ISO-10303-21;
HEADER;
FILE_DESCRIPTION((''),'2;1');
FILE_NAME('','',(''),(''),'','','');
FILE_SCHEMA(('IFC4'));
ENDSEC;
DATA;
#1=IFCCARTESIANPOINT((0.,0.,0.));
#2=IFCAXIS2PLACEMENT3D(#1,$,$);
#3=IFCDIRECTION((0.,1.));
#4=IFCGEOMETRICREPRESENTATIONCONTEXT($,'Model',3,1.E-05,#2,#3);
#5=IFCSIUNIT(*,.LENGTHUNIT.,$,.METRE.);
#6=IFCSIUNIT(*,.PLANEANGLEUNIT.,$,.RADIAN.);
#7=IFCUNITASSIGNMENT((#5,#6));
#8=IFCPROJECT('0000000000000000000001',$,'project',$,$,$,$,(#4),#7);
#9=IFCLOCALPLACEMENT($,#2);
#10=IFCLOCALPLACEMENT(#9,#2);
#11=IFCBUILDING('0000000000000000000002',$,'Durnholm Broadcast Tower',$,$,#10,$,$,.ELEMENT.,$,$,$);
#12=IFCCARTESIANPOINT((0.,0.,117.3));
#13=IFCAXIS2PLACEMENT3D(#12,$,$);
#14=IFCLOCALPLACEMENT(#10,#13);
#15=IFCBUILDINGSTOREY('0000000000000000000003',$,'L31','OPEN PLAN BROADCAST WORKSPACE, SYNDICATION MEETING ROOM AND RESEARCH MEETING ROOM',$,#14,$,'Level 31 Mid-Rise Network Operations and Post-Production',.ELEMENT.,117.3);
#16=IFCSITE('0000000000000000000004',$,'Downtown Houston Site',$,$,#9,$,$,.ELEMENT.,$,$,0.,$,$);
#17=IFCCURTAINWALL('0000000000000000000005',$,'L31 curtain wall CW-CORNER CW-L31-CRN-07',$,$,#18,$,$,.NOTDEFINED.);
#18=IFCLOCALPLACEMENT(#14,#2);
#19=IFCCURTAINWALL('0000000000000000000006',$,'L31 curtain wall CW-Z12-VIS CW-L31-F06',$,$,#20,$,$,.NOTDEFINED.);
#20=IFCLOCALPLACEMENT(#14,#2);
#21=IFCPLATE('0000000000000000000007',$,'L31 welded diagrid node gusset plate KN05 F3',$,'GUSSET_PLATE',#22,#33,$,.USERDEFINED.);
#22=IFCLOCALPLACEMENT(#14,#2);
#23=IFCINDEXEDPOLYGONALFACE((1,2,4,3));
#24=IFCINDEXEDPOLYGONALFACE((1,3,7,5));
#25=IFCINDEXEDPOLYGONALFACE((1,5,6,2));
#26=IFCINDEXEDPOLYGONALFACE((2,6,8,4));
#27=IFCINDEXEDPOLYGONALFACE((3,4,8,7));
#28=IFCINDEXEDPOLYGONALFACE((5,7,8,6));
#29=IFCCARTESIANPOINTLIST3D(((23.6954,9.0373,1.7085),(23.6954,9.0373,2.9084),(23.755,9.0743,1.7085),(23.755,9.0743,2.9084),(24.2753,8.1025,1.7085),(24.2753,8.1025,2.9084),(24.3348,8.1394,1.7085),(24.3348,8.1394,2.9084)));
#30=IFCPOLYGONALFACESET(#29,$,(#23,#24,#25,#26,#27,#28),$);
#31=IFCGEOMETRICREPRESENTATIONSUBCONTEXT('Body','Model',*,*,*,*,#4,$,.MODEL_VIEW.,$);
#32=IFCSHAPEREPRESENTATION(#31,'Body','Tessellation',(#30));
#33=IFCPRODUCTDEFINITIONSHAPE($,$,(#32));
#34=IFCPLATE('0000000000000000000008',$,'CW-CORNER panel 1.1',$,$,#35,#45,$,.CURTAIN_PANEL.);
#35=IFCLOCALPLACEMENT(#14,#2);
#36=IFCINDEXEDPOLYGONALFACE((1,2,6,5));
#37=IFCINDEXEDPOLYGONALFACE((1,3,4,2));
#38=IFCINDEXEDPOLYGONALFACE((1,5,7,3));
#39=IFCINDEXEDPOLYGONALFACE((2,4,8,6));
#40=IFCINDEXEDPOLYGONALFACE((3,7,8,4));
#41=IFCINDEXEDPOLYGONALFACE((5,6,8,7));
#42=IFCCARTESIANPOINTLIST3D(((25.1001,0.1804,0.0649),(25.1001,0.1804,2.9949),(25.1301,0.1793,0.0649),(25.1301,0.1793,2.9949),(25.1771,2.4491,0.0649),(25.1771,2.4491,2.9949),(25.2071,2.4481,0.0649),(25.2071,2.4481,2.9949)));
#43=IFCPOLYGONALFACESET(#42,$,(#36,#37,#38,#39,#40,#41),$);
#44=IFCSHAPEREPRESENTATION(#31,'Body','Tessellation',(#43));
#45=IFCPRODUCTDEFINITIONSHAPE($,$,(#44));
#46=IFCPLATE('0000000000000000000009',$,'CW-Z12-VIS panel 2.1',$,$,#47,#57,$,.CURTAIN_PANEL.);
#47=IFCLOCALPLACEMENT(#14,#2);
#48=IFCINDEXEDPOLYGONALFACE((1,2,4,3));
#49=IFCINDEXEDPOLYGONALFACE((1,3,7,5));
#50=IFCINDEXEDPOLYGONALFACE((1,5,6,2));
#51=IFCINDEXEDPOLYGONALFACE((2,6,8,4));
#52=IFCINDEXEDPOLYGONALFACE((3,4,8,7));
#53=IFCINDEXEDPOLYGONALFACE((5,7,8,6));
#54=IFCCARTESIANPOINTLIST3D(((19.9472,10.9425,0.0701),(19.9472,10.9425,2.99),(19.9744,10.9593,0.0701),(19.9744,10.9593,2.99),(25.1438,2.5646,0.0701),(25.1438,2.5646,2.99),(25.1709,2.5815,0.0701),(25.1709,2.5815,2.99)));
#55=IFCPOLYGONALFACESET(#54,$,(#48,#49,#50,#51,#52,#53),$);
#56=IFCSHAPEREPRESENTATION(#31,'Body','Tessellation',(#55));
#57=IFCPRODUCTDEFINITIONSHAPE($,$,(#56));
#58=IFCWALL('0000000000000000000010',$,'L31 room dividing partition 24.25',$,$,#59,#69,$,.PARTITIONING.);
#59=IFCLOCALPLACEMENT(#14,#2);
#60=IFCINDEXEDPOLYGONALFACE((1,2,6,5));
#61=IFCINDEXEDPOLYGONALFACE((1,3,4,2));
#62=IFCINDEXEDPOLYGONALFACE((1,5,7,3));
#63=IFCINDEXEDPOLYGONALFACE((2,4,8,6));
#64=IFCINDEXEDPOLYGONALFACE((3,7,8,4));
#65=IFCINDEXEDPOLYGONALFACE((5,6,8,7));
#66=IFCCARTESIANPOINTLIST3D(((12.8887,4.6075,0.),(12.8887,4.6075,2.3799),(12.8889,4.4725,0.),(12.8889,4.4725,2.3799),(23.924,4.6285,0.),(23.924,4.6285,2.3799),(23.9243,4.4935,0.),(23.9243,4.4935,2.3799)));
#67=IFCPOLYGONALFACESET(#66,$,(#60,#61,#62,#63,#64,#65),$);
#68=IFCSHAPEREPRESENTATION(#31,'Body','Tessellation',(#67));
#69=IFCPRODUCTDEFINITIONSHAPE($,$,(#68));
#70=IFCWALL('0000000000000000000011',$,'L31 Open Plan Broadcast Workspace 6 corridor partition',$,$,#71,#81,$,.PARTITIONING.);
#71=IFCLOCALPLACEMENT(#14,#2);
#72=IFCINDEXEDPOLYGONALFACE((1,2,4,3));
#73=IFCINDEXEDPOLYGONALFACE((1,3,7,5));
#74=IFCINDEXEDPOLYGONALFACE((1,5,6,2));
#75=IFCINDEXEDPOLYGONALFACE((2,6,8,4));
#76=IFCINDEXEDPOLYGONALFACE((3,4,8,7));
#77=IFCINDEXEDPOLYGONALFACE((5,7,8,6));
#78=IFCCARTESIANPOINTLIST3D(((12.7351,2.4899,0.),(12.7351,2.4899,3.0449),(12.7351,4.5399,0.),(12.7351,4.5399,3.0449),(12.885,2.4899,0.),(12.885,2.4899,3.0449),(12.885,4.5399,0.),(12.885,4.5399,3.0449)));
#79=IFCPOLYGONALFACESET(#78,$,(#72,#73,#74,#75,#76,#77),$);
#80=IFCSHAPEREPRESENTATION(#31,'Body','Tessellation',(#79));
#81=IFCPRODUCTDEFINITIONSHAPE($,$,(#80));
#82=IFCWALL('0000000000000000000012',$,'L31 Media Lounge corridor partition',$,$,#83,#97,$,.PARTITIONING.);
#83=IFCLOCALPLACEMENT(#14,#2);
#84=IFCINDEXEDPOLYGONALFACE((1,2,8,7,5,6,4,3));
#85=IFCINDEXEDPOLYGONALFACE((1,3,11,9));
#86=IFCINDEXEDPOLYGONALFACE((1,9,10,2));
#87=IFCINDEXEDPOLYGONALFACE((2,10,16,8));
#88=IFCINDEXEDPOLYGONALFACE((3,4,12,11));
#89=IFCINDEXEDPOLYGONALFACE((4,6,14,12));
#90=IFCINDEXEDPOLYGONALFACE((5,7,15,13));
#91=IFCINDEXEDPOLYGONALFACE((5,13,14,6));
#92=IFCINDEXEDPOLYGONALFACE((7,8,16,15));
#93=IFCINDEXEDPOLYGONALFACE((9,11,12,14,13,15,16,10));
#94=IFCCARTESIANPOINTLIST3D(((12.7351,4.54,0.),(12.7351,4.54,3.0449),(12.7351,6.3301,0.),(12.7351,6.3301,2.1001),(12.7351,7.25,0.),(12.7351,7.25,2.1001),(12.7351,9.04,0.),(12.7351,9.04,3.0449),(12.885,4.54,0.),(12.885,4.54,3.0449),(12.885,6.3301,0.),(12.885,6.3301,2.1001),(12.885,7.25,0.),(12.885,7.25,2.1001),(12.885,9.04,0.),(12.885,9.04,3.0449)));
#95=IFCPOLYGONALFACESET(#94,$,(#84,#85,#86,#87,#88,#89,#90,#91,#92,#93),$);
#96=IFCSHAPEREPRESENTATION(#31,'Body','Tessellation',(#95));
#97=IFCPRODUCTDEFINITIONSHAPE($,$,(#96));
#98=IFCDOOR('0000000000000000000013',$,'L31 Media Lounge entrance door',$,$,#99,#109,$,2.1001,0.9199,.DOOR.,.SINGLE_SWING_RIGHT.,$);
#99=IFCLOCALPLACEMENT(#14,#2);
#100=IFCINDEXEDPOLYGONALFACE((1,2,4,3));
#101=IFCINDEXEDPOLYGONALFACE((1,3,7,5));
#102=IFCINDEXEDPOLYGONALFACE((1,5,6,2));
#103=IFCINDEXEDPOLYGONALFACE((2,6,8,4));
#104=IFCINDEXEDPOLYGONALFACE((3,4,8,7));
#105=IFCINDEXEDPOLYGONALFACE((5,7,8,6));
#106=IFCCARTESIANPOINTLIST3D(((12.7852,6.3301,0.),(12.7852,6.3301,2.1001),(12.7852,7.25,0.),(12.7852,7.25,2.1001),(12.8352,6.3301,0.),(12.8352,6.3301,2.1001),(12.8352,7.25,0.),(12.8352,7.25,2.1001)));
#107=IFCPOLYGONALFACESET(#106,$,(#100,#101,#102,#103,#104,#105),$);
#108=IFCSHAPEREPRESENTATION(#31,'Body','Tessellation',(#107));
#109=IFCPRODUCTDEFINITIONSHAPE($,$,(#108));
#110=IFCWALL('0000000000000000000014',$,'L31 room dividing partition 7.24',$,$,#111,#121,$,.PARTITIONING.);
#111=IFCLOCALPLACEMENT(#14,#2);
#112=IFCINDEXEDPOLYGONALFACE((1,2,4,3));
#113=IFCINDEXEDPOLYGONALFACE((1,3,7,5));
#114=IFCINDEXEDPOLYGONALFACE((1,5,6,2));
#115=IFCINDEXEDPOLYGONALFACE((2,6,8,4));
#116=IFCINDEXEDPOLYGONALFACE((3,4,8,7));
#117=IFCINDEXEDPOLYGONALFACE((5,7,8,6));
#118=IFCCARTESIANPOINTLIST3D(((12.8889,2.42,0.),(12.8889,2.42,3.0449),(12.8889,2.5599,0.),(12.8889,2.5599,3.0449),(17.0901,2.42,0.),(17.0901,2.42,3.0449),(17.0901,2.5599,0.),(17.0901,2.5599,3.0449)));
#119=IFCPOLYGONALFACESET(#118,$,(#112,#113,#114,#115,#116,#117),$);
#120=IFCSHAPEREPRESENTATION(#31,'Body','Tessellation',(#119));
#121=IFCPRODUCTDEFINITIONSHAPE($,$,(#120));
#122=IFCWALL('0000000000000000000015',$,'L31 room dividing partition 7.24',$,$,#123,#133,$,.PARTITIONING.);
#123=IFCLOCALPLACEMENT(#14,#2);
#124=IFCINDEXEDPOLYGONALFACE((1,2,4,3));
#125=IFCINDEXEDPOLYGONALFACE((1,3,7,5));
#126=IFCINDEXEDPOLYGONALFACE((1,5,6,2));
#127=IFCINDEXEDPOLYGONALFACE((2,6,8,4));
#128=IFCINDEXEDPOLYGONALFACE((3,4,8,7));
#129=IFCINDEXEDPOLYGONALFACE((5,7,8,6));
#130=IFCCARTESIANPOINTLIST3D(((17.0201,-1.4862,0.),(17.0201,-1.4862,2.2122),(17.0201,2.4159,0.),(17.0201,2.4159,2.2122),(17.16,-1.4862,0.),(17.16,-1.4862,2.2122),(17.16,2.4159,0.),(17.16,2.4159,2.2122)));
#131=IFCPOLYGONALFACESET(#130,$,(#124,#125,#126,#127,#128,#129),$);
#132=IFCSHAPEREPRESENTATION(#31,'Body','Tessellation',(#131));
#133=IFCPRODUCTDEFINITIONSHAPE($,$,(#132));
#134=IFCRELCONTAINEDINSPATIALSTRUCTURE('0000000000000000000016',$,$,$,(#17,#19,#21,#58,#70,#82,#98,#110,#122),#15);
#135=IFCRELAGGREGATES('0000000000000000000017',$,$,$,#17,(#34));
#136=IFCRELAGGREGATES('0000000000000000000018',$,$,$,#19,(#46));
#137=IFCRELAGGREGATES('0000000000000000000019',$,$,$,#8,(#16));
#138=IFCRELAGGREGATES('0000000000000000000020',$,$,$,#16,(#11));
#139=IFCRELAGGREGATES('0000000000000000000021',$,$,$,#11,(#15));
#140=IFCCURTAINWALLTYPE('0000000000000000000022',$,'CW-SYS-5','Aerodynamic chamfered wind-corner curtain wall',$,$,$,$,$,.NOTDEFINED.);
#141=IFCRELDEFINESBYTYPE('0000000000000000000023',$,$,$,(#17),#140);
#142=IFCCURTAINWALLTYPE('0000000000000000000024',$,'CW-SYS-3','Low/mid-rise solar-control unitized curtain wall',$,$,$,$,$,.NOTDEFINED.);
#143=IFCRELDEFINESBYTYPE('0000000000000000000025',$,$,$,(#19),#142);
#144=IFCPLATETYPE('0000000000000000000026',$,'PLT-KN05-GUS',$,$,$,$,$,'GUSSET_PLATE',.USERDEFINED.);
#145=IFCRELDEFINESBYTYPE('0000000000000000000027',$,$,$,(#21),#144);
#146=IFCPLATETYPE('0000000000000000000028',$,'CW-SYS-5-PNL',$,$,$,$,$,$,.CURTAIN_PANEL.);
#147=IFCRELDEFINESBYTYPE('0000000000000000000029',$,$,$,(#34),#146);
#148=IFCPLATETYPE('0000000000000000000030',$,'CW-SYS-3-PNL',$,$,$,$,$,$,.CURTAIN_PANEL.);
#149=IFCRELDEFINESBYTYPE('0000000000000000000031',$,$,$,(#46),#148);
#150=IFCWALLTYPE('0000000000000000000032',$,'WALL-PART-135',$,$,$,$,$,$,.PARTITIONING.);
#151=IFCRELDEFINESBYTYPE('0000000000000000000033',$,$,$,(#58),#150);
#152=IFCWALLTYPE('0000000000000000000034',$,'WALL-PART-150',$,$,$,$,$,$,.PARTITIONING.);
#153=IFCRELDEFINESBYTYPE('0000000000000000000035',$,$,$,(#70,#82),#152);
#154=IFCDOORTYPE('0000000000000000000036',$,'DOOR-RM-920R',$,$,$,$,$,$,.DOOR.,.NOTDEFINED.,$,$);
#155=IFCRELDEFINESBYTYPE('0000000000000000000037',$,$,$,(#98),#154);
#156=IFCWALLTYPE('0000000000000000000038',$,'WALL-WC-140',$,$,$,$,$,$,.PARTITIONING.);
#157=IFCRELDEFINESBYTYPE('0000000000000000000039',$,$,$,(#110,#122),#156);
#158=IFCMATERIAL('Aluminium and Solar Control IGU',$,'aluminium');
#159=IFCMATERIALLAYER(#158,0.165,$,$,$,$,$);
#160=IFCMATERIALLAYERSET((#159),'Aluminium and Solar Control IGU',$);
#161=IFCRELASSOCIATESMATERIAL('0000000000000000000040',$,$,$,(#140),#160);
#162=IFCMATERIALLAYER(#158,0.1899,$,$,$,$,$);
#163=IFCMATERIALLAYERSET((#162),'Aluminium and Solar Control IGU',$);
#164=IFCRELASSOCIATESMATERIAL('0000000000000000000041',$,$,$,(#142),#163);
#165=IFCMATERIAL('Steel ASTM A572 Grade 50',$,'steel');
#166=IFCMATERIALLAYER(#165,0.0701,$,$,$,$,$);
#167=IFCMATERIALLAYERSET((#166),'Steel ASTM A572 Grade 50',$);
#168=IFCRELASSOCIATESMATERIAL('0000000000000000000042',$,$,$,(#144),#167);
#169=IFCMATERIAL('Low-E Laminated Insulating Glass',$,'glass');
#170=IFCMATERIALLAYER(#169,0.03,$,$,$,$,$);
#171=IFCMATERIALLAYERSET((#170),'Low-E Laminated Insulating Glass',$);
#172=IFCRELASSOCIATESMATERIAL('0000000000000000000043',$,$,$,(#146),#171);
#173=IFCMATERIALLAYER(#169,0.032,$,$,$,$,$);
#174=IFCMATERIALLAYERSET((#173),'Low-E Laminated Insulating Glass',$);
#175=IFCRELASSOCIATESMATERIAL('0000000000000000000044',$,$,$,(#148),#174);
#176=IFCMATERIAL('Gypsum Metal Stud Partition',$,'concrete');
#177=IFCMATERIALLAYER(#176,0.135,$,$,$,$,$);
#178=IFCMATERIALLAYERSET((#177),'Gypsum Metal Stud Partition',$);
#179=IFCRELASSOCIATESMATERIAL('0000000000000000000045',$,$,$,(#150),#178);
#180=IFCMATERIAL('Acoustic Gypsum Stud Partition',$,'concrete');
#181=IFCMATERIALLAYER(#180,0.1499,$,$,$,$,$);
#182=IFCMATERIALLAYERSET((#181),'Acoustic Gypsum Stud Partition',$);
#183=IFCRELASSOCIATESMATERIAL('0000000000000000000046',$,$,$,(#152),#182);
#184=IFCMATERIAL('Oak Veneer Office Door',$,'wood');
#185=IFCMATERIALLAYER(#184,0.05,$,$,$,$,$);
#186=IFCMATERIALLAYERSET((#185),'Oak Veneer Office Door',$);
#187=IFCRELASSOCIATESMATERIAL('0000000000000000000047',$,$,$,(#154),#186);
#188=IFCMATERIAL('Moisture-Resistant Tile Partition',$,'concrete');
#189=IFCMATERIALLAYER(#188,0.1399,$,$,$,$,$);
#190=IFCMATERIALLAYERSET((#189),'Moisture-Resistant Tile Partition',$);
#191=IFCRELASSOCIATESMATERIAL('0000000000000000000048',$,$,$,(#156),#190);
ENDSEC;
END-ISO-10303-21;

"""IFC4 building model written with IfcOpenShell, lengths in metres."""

from ifc_helpers import new_model, si_unit, direction, frame, frame_2d, origin, origin_2d, place, context, subcontext, project, spatial, rectangle, extrude, source, transform, mapped, material, layer, layer_set, type_object, type_shapes, element, fill, aggregate, save


model = new_model("IFC4")

# Units and contexts
model_context = context("Model", 3, precision=1e-05, world=origin(), true_north=direction((0.0, 1.0)))
body_context = subcontext(model_context, "Body", "Model", "MODEL_VIEW")
ifc_project = project(units=[si_unit("LENGTHUNIT", "METRE"), si_unit("PLANEANGLEUNIT", "RADIAN")], contexts=[model_context])

# Site, building, storey
site_placement = place(None, origin())
site = spatial("IfcSite", under=ifc_project, at=site_placement, Name="Downtown Houston Site", CompositionType="ELEMENT", RefElevation=0.0)
building_placement = place(site_placement, origin())
building = spatial("IfcBuilding", under=site, at=building_placement, Name="Durnholm Broadcast Tower", CompositionType="ELEMENT")
storey_placement = place(building_placement, frame((0.0, 0.0, 117.3)))
storey = spatial("IfcBuildingStorey", under=building, at=storey_placement, Name="L31", Description="OPEN PLAN BROADCAST WORKSPACE, SYNDICATION MEETING ROOM AND RESEARCH MEETING ROOM", LongName="Level 31 Mid-Rise Network Operations and Post-Production", CompositionType="ELEMENT", Elevation=117.3)

# Curtain walls
ifc_material_1 = material(Name="Aluminium and Solar Control IGU", Category="aluminium")
ifc_layer_1 = layer(ifc_material_1, 0.165)
ifc_layer_set_1 = layer_set([ifc_layer_1], Name="Aluminium and Solar Control IGU")
curtain_wall_type_1 = type_object("IfcCurtainWallType", Name="CW-SYS-5", Description="Aerodynamic chamfered wind-corner curtain wall", PredefinedType="NOTDEFINED", material=ifc_layer_set_1)
curtain_wall_1_placement = place(storey_placement, origin())
curtain_wall_1 = element("IfcCurtainWall", 1, at=curtain_wall_1_placement, inside=storey, type_object=curtain_wall_type_1, Name="L31 curtain wall CW-CORNER CW-L31-CRN-07", PredefinedType="NOTDEFINED")
ifc_layer_2 = layer(ifc_material_1, 0.1899)
ifc_layer_set_2 = layer_set([ifc_layer_2], Name="Aluminium and Solar Control IGU")
curtain_wall_type_2 = type_object("IfcCurtainWallType", Name="CW-SYS-3", Description="Low/mid-rise solar-control unitized curtain wall", PredefinedType="NOTDEFINED", material=ifc_layer_set_2)
curtain_wall_2_placement = place(storey_placement, origin())
curtain_wall_2 = element("IfcCurtainWall", 2, at=curtain_wall_2_placement, inside=storey, type_object=curtain_wall_type_2, Name="L31 curtain wall CW-Z12-VIS CW-L31-F06", PredefinedType="NOTDEFINED")

# Plate
ifc_material_2 = material(Name="Steel ASTM A572 Grade 50", Category="steel")
ifc_layer_3 = layer(ifc_material_2, 0.0701)
ifc_layer_set_3 = layer_set([ifc_layer_3], Name="Steel ASTM A572 Grade 50")
plate_type_1 = type_object("IfcPlateType", Name="PLT-KN05-GUS", ElementType="GUSSET_PLATE", PredefinedType="USERDEFINED", material=ifc_layer_set_3)
shared_shape_1 = source(origin(), body_context, "Body", "SweptSolid", [
    extrude(rectangle(XDim=1.1001, YDim=0.0701, at=origin_2d()), origin(), (0.0, 0.0, 1.0), 1.2),
])
type_shapes(plate_type_1, [shared_shape_1])
plate_1_placement = place(storey_placement, frame((24.0151, 8.5884, 1.7085), z_axis=(0.0, 0.0, 1.0), x_axis=(-0.527104, 0.849801, 0.0)))
element("IfcPlate", 3, at=plate_1_placement, inside=storey, type_object=plate_type_1, Name="L31 welded diagrid node gusset plate KN05 F3", ObjectType="GUSSET_PLATE", PredefinedType="USERDEFINED", context=body_context, shape_type="MappedRepresentation", body=[
    mapped(shared_shape_1, transform((0.0, 0.0, 0.0), x_axis=(1.0, 0.0, 0.0), y_axis=(0.0, 1.0, 0.0), z_axis=(0.0, 0.0, 1.0), scale=1.0)),
])

# Plates
ifc_material_3 = material(Name="Low-E Laminated Insulating Glass", Category="glass")
ifc_layer_4 = layer(ifc_material_3, 0.03)
ifc_layer_set_4 = layer_set([ifc_layer_4], Name="Low-E Laminated Insulating Glass")
plate_type_2 = type_object("IfcPlateType", Name="CW-SYS-5-PNL", PredefinedType="CURTAIN_PANEL", material=ifc_layer_set_4)
shared_shape_2 = source(origin(), body_context, "Body", "SweptSolid", [
    extrude(rectangle(XDim=2.27, YDim=0.03, at=origin_2d()), origin(), (0.0, 0.0, 1.0), 2.9299),
])
type_shapes(plate_type_2, [shared_shape_2])
plate_2_placement = place(storey_placement, frame((25.1536, 1.3142, 0.0649), z_axis=(0.0, 0.0, 1.0), x_axis=(-0.033917, -0.999425, 0.0)))
plate_2 = element("IfcPlate", 4, at=plate_2_placement, type_object=plate_type_2, Name="CW-CORNER panel 1.1", PredefinedType="CURTAIN_PANEL", context=body_context, shape_type="MappedRepresentation", body=[
    mapped(shared_shape_2, transform((0.0, 0.0, 0.0), x_axis=(1.0, 0.0, 0.0), y_axis=(0.0, 1.0, 0.0), z_axis=(0.0, 0.0, 1.0), scale=1.0)),
])
aggregate(curtain_wall_1, [plate_2])
ifc_layer_5 = layer(ifc_material_3, 0.032)
ifc_layer_set_5 = layer_set([ifc_layer_5], Name="Low-E Laminated Insulating Glass")
plate_type_3 = type_object("IfcPlateType", Name="CW-SYS-3-PNL", PredefinedType="CURTAIN_PANEL", material=ifc_layer_set_5)
shared_shape_3 = source(origin(), body_context, "Body", "SweptSolid", [
    extrude(rectangle(XDim=9.8586, YDim=0.032, at=origin_2d()), origin(), (0.0, 0.0, 1.0), 2.9199),
])
type_shapes(plate_type_3, [shared_shape_3])
plate_3_placement = place(storey_placement, frame((22.5591, 6.762, 0.0701), z_axis=(0.0, 0.0, 1.0), x_axis=(0.527105, -0.8498, 0.0)))
plate_3 = element("IfcPlate", 5, at=plate_3_placement, type_object=plate_type_3, Name="CW-Z12-VIS panel 2.1", PredefinedType="CURTAIN_PANEL", context=body_context, shape_type="MappedRepresentation", body=[
    mapped(shared_shape_3, transform((0.0, 0.0, 0.0), x_axis=(1.0, 0.0, 0.0), y_axis=(0.0, 1.0, 0.0), z_axis=(0.0, 0.0, 1.0), scale=1.0)),
])
aggregate(curtain_wall_2, [plate_3])

# Walls
ifc_material_4 = material(Name="Gypsum Metal Stud Partition", Category="concrete")
ifc_layer_6 = layer(ifc_material_4, 0.135)
ifc_layer_set_6 = layer_set([ifc_layer_6], Name="Gypsum Metal Stud Partition")
wall_type_1 = type_object("IfcWallType", Name="WALL-PART-135", PredefinedType="PARTITIONING", material=ifc_layer_set_6)
wall_1_placement = place(storey_placement, frame((12.8889, 4.54, 0.0), z_axis=(0.0, 0.0, 1.0), x_axis=(0.999998, 0.001903, 0.0)))
element("IfcWall", 6, at=wall_1_placement, inside=storey, type_object=wall_type_1, Name="L31 room dividing partition 24.25", PredefinedType="PARTITIONING", context=body_context, shape_type="SweptSolid", body=[
    extrude(rectangle(XDim=11.0354, YDim=0.135, at=frame_2d((5.5176, 0.0))), origin(), (0.0, 0.0, 1.0), 2.3799),
])
ifc_material_5 = material(Name="Acoustic Gypsum Stud Partition", Category="concrete")
ifc_layer_7 = layer(ifc_material_5, 0.1499)
ifc_layer_set_7 = layer_set([ifc_layer_7], Name="Acoustic Gypsum Stud Partition")
wall_type_2 = type_object("IfcWallType", Name="WALL-PART-150", PredefinedType="PARTITIONING", material=ifc_layer_set_7)
wall_2_placement = place(storey_placement, frame((12.8101, 2.49, 0.0), z_axis=(0.0, 0.0, 1.0), x_axis=(0.0, 1.0, 0.0)))
element("IfcWall", 7, at=wall_2_placement, inside=storey, type_object=wall_type_2, Name="L31 Open Plan Broadcast Workspace 6 corridor partition", PredefinedType="PARTITIONING", context=body_context, shape_type="SweptSolid", body=[
    extrude(rectangle(XDim=2.05, YDim=0.1499, at=frame_2d((1.0249, 0.0))), origin(), (0.0, 0.0, 1.0), 3.0449),
])

# Wall, opening, door
wall_3_placement = place(storey_placement, frame((12.8101, 4.54, 0.0), z_axis=(0.0, 0.0, 1.0), x_axis=(0.0, 1.0, 0.0)))
wall_3 = element("IfcWall", 8, at=wall_3_placement, inside=storey, type_object=wall_type_2, Name="L31 Media Lounge corridor partition", PredefinedType="PARTITIONING", context=body_context, shape_type="SweptSolid", body=[
    extrude(rectangle(XDim=4.5, YDim=0.1499, at=frame_2d((2.25, 0.0))), origin(), (0.0, 0.0, 1.0), 3.0449),
])
opening_placement = place(wall_3_placement, frame((1.79, 0.0, 0.0)))
opening = element("IfcOpeningElement", 9, at=opening_placement, cuts=wall_3, PredefinedType="OPENING", context=body_context, shape_type="SweptSolid", body=[
    extrude(rectangle(XDim=0.9199, YDim=2.1001, at=frame_2d((0.46, 1.05))), frame((0.0, 0.085, 0.0), z_axis=(0.0, -1.0, 0.0), x_axis=(1.0, 0.0, 0.0)), (0.0, 0.0, 1.0), 0.1699),
])
ifc_material_6 = material(Name="Oak Veneer Office Door", Category="wood")
ifc_layer_8 = layer(ifc_material_6, 0.05)
ifc_layer_set_8 = layer_set([ifc_layer_8], Name="Oak Veneer Office Door")
door_type = type_object("IfcDoorType", Name="DOOR-RM-920R", OperationType="NOTDEFINED", PredefinedType="DOOR", material=ifc_layer_set_8)
shared_shape_4 = source(origin(), body_context, "Body", "SweptSolid", [
    extrude(rectangle(XDim=0.9199, YDim=2.1001, at=frame_2d((0.46, 1.05))), frame((0.0, 0.0249, 0.0), z_axis=(0.0, -1.0, 0.0), x_axis=(1.0, 0.0, 0.0)), (0.0, 0.0, 1.0), 0.05),
])
type_shapes(door_type, [shared_shape_4])
door_placement = place(opening_placement, origin())
door = element("IfcDoor", 10, at=door_placement, inside=storey, type_object=door_type, Name="L31 Media Lounge entrance door", OperationType="SINGLE_SWING_RIGHT", OverallHeight=2.1001, OverallWidth=0.9199, PredefinedType="DOOR", context=body_context, shape_type="MappedRepresentation", body=[
    mapped(shared_shape_4, transform((0.0, 0.0, 0.0), x_axis=(1.0, 0.0, 0.0), y_axis=(0.0, 1.0, 0.0), z_axis=(0.0, 0.0, 1.0), scale=1.0)),
])
fill(opening, door)

# Walls
ifc_material_7 = material(Name="Moisture-Resistant Tile Partition", Category="concrete")
ifc_layer_9 = layer(ifc_material_7, 0.1399)
ifc_layer_set_9 = layer_set([ifc_layer_9], Name="Moisture-Resistant Tile Partition")
wall_type_3 = type_object("IfcWallType", Name="WALL-WC-140", PredefinedType="PARTITIONING", material=ifc_layer_set_9)
wall_4_placement = place(storey_placement, frame((12.8889, 2.49, 0.0), z_axis=(0.0, 0.0, 1.0), x_axis=(1.0, 0.0, 0.0)))
element("IfcWall", 11, at=wall_4_placement, inside=storey, type_object=wall_type_3, Name="L31 room dividing partition 7.24", PredefinedType="PARTITIONING", context=body_context, shape_type="SweptSolid", body=[
    extrude(rectangle(XDim=4.2012, YDim=0.1399, at=frame_2d((2.1006, 0.0))), origin(), (0.0, 0.0, 1.0), 3.0449),
])
wall_5_placement = place(storey_placement, frame((17.0901, 2.416, 0.0), z_axis=(0.0, 0.0, 1.0), x_axis=(0.0, -1.0, 0.0)))
element("IfcWall", 12, at=wall_5_placement, inside=storey, type_object=wall_type_3, Name="L31 room dividing partition 7.24", PredefinedType="PARTITIONING", context=body_context, shape_type="SweptSolid", body=[
    extrude(rectangle(XDim=3.9021, YDim=0.1399, at=frame_2d((1.9512, 0.0))), origin(), (0.0, 0.0, 1.0), 2.2122),
])

save(model, "model.ifc")
